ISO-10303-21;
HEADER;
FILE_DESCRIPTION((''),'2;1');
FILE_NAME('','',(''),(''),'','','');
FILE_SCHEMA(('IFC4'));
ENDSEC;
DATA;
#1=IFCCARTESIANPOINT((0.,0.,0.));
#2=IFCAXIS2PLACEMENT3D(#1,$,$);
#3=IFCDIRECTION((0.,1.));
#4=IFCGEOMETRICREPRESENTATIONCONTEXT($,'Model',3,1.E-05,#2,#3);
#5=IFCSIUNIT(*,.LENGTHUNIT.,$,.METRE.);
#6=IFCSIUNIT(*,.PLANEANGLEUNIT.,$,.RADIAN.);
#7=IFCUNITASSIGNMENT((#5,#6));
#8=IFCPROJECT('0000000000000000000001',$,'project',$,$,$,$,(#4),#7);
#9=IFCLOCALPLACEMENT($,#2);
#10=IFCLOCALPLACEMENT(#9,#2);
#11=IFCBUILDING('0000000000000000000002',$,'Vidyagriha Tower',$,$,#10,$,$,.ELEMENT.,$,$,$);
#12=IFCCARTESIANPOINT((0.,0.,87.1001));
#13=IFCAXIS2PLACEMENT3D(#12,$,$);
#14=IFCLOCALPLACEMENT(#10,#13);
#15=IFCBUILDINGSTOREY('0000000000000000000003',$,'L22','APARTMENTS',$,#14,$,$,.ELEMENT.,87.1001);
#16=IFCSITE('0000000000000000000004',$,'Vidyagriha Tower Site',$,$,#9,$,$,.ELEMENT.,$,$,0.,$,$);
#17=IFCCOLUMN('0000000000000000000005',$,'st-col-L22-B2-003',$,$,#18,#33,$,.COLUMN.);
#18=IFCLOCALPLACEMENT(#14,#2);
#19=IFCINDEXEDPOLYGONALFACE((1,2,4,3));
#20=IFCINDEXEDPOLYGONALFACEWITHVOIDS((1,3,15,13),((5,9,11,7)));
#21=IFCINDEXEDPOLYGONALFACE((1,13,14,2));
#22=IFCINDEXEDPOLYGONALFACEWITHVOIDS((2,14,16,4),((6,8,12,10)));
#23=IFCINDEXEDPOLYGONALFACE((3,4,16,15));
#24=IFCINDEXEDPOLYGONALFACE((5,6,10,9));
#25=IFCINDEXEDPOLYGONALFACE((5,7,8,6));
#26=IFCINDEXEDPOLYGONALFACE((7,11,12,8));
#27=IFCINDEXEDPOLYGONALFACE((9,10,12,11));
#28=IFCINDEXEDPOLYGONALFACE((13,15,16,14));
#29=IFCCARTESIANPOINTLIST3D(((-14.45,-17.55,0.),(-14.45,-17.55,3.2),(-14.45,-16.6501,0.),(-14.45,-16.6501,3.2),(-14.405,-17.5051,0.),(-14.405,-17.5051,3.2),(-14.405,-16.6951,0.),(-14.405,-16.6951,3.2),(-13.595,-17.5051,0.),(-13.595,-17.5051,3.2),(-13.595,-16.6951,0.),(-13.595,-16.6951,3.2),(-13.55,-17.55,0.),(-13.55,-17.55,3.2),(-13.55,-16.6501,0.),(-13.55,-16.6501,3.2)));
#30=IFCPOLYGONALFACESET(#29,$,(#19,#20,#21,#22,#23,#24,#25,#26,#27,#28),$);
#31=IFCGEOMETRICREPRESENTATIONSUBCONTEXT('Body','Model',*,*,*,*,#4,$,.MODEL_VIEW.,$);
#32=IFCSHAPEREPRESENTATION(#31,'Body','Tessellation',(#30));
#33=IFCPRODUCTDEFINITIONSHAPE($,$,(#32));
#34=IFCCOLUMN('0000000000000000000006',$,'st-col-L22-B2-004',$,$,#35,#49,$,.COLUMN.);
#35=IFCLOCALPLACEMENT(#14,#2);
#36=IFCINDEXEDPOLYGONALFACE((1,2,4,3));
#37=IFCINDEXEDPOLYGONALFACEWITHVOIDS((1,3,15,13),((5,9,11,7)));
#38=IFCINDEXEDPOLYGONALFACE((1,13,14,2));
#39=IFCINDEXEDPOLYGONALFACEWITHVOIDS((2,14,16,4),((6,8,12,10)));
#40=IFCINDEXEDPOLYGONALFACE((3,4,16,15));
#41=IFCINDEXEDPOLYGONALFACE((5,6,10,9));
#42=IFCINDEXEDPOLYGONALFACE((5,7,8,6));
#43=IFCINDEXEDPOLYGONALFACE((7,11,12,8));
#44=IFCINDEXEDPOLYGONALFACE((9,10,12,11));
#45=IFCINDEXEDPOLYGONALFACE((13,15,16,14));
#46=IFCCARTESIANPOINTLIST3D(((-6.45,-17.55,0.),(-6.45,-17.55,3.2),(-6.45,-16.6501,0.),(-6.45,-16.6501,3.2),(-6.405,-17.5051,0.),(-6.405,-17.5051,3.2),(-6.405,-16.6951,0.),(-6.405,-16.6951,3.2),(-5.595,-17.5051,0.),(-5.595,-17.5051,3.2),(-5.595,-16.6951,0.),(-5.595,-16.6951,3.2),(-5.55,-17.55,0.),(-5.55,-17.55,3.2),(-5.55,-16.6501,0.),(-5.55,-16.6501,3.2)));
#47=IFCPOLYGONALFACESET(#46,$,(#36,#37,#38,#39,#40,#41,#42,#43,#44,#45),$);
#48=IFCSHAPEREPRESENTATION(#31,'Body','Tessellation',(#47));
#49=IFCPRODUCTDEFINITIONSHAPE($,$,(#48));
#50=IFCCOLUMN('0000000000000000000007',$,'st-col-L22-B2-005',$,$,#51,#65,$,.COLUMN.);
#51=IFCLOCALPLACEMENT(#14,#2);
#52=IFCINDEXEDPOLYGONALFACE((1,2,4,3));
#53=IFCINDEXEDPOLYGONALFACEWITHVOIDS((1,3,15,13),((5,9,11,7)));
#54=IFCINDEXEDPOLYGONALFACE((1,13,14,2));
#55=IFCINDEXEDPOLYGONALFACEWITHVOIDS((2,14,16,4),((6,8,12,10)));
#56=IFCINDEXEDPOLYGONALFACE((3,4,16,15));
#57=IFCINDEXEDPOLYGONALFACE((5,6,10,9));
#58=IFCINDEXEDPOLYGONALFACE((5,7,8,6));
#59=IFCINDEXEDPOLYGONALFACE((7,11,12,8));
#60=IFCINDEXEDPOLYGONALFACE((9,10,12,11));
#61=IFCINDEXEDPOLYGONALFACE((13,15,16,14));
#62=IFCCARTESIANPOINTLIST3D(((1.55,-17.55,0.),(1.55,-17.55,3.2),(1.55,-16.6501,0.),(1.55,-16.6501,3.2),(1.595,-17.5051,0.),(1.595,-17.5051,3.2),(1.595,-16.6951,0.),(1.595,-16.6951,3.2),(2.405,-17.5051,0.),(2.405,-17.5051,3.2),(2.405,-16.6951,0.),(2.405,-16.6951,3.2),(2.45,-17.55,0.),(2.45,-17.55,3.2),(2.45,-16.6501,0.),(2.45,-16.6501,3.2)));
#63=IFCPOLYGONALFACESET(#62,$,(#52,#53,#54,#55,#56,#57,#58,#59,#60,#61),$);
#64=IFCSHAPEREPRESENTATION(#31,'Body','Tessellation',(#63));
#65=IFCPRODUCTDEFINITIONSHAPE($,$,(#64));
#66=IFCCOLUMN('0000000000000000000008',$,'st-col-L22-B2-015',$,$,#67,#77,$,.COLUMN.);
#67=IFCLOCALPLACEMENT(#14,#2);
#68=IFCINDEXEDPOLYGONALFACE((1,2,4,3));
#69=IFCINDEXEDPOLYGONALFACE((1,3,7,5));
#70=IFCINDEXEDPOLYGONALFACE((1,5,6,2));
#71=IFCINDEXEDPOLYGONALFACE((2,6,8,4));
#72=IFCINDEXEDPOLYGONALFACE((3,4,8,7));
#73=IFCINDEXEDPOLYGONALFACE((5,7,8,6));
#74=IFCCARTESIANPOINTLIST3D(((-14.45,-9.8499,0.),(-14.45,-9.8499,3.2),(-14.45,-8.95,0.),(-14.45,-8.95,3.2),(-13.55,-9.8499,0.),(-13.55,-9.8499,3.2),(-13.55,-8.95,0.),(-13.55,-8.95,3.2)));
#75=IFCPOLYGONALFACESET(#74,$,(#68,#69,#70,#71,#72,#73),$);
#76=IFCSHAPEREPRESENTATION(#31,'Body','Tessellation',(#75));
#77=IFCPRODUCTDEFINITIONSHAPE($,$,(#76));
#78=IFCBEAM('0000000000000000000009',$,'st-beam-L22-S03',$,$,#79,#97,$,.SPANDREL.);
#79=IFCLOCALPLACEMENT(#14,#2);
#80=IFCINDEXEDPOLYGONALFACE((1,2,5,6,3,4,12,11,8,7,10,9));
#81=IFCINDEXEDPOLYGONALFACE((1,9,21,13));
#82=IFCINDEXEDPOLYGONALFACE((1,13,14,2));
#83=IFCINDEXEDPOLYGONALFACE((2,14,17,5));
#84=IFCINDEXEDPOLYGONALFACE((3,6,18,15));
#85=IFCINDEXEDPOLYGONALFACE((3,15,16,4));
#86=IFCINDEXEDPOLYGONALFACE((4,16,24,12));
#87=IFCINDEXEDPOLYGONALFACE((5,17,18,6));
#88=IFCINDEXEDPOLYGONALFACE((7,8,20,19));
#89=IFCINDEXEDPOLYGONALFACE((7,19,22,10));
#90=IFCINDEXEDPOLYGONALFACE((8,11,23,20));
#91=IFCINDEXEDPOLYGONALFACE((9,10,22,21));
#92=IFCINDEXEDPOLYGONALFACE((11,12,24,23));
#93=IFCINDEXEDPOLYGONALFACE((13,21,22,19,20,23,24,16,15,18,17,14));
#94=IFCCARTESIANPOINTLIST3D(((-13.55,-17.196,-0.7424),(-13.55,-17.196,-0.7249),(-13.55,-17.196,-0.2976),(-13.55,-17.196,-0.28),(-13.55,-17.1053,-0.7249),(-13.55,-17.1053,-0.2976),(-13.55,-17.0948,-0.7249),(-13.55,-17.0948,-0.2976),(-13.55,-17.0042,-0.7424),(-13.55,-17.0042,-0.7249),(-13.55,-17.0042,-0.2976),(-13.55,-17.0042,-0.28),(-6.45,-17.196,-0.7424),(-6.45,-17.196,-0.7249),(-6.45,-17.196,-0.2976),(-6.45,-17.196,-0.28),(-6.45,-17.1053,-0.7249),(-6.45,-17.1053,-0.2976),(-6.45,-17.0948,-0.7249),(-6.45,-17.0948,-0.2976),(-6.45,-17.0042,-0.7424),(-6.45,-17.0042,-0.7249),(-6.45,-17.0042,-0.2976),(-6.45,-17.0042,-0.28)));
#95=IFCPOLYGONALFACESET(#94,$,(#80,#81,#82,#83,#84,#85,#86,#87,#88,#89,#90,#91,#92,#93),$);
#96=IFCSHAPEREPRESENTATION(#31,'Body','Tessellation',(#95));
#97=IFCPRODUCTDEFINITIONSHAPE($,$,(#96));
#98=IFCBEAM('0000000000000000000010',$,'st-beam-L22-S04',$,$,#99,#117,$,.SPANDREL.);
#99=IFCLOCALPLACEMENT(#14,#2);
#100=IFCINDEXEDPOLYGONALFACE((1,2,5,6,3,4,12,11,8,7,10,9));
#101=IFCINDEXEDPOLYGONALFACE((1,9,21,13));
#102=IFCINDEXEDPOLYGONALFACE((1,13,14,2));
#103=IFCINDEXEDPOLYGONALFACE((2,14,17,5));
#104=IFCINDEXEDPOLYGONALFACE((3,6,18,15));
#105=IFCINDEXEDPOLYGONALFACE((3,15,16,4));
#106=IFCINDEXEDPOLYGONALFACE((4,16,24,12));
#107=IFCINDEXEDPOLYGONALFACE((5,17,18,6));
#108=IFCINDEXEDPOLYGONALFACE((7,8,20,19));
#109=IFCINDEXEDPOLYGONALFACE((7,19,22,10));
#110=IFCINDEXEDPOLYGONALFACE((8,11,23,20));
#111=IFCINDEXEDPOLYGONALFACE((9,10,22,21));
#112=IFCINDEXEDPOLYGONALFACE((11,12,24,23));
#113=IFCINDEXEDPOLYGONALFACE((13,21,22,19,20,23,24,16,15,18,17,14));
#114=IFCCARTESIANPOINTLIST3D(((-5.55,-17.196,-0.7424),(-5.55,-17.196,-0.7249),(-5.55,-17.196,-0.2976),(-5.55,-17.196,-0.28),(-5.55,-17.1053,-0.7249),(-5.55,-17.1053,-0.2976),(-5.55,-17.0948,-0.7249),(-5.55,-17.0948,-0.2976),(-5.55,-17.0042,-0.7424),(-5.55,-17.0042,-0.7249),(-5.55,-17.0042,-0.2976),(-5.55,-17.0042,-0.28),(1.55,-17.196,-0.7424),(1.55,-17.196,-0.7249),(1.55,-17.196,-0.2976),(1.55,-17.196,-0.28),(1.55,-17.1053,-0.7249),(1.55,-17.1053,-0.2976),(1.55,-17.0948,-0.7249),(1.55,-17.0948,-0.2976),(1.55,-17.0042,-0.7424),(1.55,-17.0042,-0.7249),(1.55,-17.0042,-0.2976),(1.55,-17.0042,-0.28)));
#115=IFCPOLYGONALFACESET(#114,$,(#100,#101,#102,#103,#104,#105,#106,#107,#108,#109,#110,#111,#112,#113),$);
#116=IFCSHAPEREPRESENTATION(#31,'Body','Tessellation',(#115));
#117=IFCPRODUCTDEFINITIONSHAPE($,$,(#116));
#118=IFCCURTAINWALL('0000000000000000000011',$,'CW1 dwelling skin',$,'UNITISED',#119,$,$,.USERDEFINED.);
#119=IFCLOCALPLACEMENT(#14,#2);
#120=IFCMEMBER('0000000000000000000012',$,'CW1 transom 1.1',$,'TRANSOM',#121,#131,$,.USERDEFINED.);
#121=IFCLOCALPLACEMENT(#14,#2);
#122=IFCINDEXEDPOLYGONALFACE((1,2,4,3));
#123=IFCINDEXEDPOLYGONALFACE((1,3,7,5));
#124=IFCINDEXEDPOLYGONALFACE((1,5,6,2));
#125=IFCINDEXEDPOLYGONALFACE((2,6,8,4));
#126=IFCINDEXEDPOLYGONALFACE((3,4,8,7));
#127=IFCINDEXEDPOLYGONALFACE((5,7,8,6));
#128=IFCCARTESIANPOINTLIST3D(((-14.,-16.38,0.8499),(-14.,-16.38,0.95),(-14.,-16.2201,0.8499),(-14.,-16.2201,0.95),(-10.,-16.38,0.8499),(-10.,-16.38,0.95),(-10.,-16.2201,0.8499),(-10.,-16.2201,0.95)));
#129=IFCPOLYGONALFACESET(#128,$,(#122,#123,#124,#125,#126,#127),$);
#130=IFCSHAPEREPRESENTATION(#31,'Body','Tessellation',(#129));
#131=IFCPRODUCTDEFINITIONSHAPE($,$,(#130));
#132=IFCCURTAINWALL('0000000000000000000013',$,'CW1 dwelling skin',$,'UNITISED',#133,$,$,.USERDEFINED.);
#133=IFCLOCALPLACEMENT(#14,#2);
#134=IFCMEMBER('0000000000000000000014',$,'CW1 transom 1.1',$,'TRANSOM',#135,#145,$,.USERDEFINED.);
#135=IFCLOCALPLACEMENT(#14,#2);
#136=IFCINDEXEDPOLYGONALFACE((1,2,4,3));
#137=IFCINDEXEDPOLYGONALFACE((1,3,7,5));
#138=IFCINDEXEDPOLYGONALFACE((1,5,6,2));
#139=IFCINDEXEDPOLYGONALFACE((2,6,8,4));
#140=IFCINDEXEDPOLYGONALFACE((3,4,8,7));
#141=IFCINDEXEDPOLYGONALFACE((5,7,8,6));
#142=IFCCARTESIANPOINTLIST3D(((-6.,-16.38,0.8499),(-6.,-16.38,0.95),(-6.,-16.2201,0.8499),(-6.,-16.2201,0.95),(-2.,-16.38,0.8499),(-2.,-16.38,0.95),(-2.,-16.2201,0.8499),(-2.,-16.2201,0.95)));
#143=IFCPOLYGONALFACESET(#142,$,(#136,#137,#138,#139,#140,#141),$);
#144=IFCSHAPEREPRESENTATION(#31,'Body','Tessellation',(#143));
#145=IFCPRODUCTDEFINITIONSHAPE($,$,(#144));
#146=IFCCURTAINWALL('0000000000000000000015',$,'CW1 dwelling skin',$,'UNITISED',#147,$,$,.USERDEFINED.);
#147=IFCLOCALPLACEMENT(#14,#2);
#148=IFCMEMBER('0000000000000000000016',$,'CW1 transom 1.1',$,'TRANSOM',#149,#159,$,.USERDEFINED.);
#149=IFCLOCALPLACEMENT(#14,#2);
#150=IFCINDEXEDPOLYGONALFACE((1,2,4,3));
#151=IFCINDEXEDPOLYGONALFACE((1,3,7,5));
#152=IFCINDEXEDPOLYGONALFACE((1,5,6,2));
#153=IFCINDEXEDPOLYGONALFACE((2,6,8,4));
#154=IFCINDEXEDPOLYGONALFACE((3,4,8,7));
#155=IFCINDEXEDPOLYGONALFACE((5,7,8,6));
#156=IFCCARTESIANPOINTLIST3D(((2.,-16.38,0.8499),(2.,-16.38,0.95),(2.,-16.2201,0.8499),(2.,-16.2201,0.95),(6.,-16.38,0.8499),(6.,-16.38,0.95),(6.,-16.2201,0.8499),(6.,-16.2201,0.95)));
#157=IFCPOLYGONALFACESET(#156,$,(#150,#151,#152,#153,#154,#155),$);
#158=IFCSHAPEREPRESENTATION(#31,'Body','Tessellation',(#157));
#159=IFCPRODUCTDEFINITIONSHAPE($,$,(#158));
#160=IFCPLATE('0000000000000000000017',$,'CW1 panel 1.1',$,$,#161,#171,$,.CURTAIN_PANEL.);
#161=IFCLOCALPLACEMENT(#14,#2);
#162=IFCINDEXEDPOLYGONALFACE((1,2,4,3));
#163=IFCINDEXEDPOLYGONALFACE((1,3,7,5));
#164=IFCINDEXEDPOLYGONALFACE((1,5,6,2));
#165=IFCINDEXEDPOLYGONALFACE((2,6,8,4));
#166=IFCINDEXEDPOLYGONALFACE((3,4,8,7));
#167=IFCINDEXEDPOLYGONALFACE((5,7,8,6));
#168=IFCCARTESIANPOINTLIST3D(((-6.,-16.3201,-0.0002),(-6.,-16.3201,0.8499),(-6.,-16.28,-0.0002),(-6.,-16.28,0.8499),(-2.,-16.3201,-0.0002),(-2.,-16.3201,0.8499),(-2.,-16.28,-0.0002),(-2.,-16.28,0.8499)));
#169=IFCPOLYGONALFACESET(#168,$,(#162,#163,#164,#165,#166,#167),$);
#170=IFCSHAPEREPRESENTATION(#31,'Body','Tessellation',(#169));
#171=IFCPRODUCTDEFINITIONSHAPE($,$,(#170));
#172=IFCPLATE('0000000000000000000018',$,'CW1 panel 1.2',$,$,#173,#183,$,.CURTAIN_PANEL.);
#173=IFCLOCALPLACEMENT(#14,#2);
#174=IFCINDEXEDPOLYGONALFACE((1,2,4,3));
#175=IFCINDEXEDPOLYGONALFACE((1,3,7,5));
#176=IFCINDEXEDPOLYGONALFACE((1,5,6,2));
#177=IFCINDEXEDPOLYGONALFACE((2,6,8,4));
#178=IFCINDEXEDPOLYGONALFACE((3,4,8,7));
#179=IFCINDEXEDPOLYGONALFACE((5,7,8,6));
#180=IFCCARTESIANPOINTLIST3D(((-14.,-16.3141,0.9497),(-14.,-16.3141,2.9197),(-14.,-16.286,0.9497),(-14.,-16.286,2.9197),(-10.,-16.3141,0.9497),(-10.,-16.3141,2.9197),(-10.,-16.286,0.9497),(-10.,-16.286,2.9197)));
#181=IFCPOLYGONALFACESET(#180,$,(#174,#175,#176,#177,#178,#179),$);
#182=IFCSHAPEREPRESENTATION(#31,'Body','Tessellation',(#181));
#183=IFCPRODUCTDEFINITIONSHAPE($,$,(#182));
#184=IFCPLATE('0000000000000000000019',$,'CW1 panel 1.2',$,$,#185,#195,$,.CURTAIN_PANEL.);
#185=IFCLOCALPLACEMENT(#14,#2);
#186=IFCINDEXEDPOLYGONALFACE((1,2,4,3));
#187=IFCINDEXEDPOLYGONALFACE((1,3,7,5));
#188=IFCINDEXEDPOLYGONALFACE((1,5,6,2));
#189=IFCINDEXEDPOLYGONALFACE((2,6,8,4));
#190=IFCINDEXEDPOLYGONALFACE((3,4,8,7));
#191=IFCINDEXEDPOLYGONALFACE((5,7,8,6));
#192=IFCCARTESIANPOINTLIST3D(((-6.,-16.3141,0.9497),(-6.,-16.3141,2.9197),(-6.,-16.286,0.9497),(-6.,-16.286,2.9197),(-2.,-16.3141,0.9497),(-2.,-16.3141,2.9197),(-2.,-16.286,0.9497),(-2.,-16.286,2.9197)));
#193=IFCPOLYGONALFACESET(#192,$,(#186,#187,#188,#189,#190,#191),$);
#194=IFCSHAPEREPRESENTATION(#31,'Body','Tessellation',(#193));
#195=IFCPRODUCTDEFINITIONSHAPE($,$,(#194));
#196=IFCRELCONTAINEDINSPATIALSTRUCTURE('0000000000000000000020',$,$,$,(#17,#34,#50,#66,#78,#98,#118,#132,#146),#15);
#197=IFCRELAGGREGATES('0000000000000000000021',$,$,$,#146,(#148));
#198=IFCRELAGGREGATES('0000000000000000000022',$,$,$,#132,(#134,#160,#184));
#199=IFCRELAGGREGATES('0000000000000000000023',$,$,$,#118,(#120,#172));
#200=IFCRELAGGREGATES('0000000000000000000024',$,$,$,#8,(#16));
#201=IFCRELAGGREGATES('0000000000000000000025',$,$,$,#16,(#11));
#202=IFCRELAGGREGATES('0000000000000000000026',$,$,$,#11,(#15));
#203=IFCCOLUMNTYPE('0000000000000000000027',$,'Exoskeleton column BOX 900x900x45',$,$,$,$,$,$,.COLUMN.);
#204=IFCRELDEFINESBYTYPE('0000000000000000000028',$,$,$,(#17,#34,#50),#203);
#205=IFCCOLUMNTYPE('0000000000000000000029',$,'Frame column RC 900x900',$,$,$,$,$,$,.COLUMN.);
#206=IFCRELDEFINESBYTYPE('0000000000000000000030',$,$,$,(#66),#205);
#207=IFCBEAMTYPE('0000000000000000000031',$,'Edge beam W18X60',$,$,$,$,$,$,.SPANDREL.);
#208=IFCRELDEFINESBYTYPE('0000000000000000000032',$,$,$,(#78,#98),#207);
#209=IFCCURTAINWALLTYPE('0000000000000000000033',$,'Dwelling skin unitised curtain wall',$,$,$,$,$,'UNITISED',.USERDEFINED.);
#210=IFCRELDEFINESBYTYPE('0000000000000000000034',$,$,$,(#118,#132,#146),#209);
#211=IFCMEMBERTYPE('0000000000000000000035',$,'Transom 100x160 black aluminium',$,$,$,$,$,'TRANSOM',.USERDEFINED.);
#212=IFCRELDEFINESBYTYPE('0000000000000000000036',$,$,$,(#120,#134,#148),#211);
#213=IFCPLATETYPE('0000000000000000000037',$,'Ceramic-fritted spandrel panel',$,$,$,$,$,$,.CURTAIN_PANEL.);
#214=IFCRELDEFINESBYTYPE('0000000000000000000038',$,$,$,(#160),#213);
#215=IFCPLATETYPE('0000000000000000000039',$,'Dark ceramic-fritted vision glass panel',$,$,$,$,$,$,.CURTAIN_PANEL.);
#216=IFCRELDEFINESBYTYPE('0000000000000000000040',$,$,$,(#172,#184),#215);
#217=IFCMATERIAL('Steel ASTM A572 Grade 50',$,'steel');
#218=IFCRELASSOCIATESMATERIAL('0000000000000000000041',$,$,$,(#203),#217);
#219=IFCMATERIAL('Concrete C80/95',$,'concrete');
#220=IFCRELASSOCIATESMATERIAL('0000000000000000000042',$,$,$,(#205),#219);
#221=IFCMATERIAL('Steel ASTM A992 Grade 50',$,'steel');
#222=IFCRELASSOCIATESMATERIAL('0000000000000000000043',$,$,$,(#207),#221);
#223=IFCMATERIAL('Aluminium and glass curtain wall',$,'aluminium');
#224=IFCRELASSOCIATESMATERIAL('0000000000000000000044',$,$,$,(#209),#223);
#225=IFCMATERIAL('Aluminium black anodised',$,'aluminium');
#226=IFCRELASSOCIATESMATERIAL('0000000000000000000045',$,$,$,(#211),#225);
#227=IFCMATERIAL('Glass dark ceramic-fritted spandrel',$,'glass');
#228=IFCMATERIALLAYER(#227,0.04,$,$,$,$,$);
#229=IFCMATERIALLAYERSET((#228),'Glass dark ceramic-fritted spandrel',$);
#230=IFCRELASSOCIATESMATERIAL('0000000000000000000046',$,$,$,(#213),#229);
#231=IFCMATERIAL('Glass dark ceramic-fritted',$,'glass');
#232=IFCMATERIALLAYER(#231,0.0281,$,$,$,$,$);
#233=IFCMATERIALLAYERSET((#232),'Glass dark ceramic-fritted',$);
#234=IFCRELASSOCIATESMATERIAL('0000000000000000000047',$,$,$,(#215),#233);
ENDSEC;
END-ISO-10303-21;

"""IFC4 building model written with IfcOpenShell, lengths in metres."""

from ifc_helpers import new_model, si_unit, direction, frame, origin, origin_2d, place, context, subcontext, project, spatial, rectangle, hollow_rectangle, i_section, extrude, material, layer, layer_set, material_profile, profile_set, type_object, element, aggregate, save


model = new_model("IFC4")

# Units and contexts
model_context = context("Model", 3, precision=1e-05, world=origin(), true_north=direction((0.0, 1.0)))
body_context = subcontext(model_context, "Body", "Model", "MODEL_VIEW")
ifc_project = project(units=[si_unit("LENGTHUNIT", "METRE"), si_unit("PLANEANGLEUNIT", "RADIAN")], contexts=[model_context])

# Site, building, storey
site_placement = place(None, origin())
site = spatial("IfcSite", under=ifc_project, at=site_placement, Name="Vidyagriha Tower Site", CompositionType="ELEMENT", RefElevation=0.0)
building_placement = place(site_placement, origin())
building = spatial("IfcBuilding", under=site, at=building_placement, Name="Vidyagriha Tower", CompositionType="ELEMENT")
storey_placement = place(building_placement, frame((0.0, 0.0, 87.1001)))
storey = spatial("IfcBuildingStorey", under=building, at=storey_placement, Name="L22", Description="APARTMENTS", CompositionType="ELEMENT", Elevation=87.1001)

# Columns
ifc_material_1 = material(Name="Steel ASTM A572 Grade 50", Category="steel")
ifc_material_profile_1 = material_profile(ifc_material_1, hollow_rectangle(XDim=0.8999, YDim=0.8999, WallThickness=0.0449, at=origin_2d()), Name="BOX 900x900x45")
ifc_profile_set_1 = profile_set([ifc_material_profile_1], Name="Steel ASTM A572 Grade 50")
column_type_1 = type_object("IfcColumnType", Name="Exoskeleton column BOX 900x900x45", PredefinedType="COLUMN", material=ifc_profile_set_1)
for number, where, name in (
    (1, (-14.0, -17.1001, 0.0), "st-col-L22-B2-003"),
    (2, (-6.0, -17.1001, 0.0), "st-col-L22-B2-004"),
    (3, (2.0, -17.1001, 0.0), "st-col-L22-B2-005"),
):
    element("IfcColumn", number, at=place(storey_placement, frame(where)), inside=storey, type_object=column_type_1, Name=name, PredefinedType="COLUMN", context=body_context, shape_type="SweptSolid", body=[
        extrude(hollow_rectangle(XDim=0.8999, YDim=0.8999, WallThickness=0.0449, at=origin_2d()), origin(), (0.0, 0.0, 1.0), 3.2),
    ])
ifc_material_2 = material(Name="Concrete C80/95", Category="concrete")
ifc_material_profile_2 = material_profile(ifc_material_2, rectangle(XDim=0.8999, YDim=0.8999, at=origin_2d()), Name="RC 900x900")
ifc_profile_set_2 = profile_set([ifc_material_profile_2], Name="Concrete C80/95")
column_type_2 = type_object("IfcColumnType", Name="Frame column RC 900x900", PredefinedType="COLUMN", material=ifc_profile_set_2)
column_placement = place(storey_placement, frame((-14.0, -9.3999, 0.0)))
element("IfcColumn", 4, at=column_placement, inside=storey, type_object=column_type_2, Name="st-col-L22-B2-015", PredefinedType="COLUMN", context=body_context, shape_type="SweptSolid", body=[
    extrude(rectangle(XDim=0.8999, YDim=0.8999, at=origin_2d()), origin(), (0.0, 0.0, 1.0), 3.2),
])

# Beams
ifc_material_3 = material(Name="Steel ASTM A992 Grade 50", Category="steel")
ifc_material_profile_3 = material_profile(ifc_material_3, i_section(OverallWidth=0.1919, OverallDepth=0.4624, WebThickness=0.0105, FlangeThickness=0.0176, at=origin_2d()), Name="W18X60")
ifc_profile_set_3 = profile_set([ifc_material_profile_3], Name="Steel ASTM A992 Grade 50")
beam_type = type_object("IfcBeamType", Name="Edge beam W18X60", PredefinedType="SPANDREL", material=ifc_profile_set_3)
for number, where, z_axis, x_axis, name in (
    (5, (-13.55, -17.1001, -0.5112), (1.0, 0.0, 0.0), (0.0, 1.0, 0.0), "st-beam-L22-S03"),
    (6, (-5.55, -17.1001, -0.5112), (1.0, 0.0, 0.0), (0.0, 1.0, 0.0), "st-beam-L22-S04"),
):
    element("IfcBeam", number, at=place(storey_placement, frame(where, z_axis=z_axis, x_axis=x_axis)), inside=storey, type_object=beam_type, Name=name, PredefinedType="SPANDREL", context=body_context, shape_type="SweptSolid", body=[
        extrude(i_section(OverallWidth=0.1919, OverallDepth=0.4624, WebThickness=0.0105, FlangeThickness=0.0176, at=origin_2d()), origin(), (0.0, 0.0, 1.0), 7.1001),
    ])

# Curtain walls, members
ifc_material_4 = material(Name="Aluminium and glass curtain wall", Category="aluminium")
curtain_wall_type = type_object("IfcCurtainWallType", Name="Dwelling skin unitised curtain wall", ElementType="UNITISED", PredefinedType="USERDEFINED", material=ifc_material_4)
curtain_wall_1_placement = place(storey_placement, origin())
curtain_wall_1 = element("IfcCurtainWall", 7, at=curtain_wall_1_placement, inside=storey, type_object=curtain_wall_type, Name="CW1 dwelling skin", ObjectType="UNITISED", PredefinedType="USERDEFINED")
ifc_material_5 = material(Name="Aluminium black anodised", Category="aluminium")
ifc_material_profile_4 = material_profile(ifc_material_5, rectangle(XDim=0.1599, YDim=0.1001, at=origin_2d()), Name="Transom 100x160 black aluminium")
ifc_profile_set_4 = profile_set([ifc_material_profile_4], Name="Aluminium black anodised")
member_type = type_object("IfcMemberType", Name="Transom 100x160 black aluminium", ElementType="TRANSOM", PredefinedType="USERDEFINED", material=ifc_profile_set_4)
member_1_placement = place(storey_placement, frame((-14.0, -16.3, 0.8999), z_axis=(1.0, 0.0, 0.0), x_axis=(0.0, 1.0, 0.0)))
member_1 = element("IfcMember", 8, at=member_1_placement, type_object=member_type, Name="CW1 transom 1.1", ObjectType="TRANSOM", PredefinedType="USERDEFINED", context=body_context, shape_type="SweptSolid", body=[
    extrude(rectangle(XDim=0.1599, YDim=0.1001, at=origin_2d()), origin(), (0.0, 0.0, 1.0), 4.0),
])
curtain_wall_2_placement = place(storey_placement, origin())
curtain_wall_2 = element("IfcCurtainWall", 9, at=curtain_wall_2_placement, inside=storey, type_object=curtain_wall_type, Name="CW1 dwelling skin", ObjectType="UNITISED", PredefinedType="USERDEFINED")
member_2_placement = place(storey_placement, frame((-6.0, -16.3, 0.8999), z_axis=(1.0, 0.0, 0.0), x_axis=(0.0, 1.0, 0.0)))
member_2 = element("IfcMember", 10, at=member_2_placement, type_object=member_type, Name="CW1 transom 1.1", ObjectType="TRANSOM", PredefinedType="USERDEFINED", context=body_context, shape_type="SweptSolid", body=[
    extrude(rectangle(XDim=0.1599, YDim=0.1001, at=origin_2d()), origin(), (0.0, 0.0, 1.0), 4.0),
])
curtain_wall_3_placement = place(storey_placement, origin())
curtain_wall_3 = element("IfcCurtainWall", 11, at=curtain_wall_3_placement, inside=storey, type_object=curtain_wall_type, Name="CW1 dwelling skin", ObjectType="UNITISED", PredefinedType="USERDEFINED")
member_3_placement = place(storey_placement, frame((2.0, -16.3, 0.8999), z_axis=(1.0, 0.0, 0.0), x_axis=(0.0, 1.0, 0.0)))
member_3 = element("IfcMember", 12, at=member_3_placement, type_object=member_type, Name="CW1 transom 1.1", ObjectType="TRANSOM", PredefinedType="USERDEFINED", context=body_context, shape_type="SweptSolid", body=[
    extrude(rectangle(XDim=0.1599, YDim=0.1001, at=origin_2d()), origin(), (0.0, 0.0, 1.0), 4.0),
])
aggregate(curtain_wall_3, [member_3])

# Plates
ifc_material_6 = material(Name="Glass dark ceramic-fritted spandrel", Category="glass")
ifc_layer_1 = layer(ifc_material_6, 0.04)
ifc_layer_set_1 = layer_set([ifc_layer_1], Name="Glass dark ceramic-fritted spandrel")
plate_type_1 = type_object("IfcPlateType", Name="Ceramic-fritted spandrel panel", PredefinedType="CURTAIN_PANEL", material=ifc_layer_set_1)
plate_1_placement = place(storey_placement, frame((-4.0, -16.3, -0.0002)))
plate_1 = element("IfcPlate", 13, at=plate_1_placement, type_object=plate_type_1, Name="CW1 panel 1.1", PredefinedType="CURTAIN_PANEL", context=body_context, shape_type="SweptSolid", body=[
    extrude(rectangle(XDim=4.0, YDim=0.04, at=origin_2d()), origin(), (0.0, 0.0, 1.0), 0.8501),
])
ifc_material_7 = material(Name="Glass dark ceramic-fritted", Category="glass")
ifc_layer_2 = layer(ifc_material_7, 0.0281)
ifc_layer_set_2 = layer_set([ifc_layer_2], Name="Glass dark ceramic-fritted")
plate_type_2 = type_object("IfcPlateType", Name="Dark ceramic-fritted vision glass panel", PredefinedType="CURTAIN_PANEL", material=ifc_layer_set_2)
plate_2_placement = place(storey_placement, frame((-12.0, -16.3, 0.9497)))
plate_2 = element("IfcPlate", 14, at=plate_2_placement, type_object=plate_type_2, Name="CW1 panel 1.2", PredefinedType="CURTAIN_PANEL", context=body_context, shape_type="SweptSolid", body=[
    extrude(rectangle(XDim=4.0, YDim=0.0281, at=origin_2d()), origin(), (0.0, 0.0, 1.0), 1.97),
])
plate_3_placement = place(storey_placement, frame((-4.0, -16.3, 0.9497)))
plate_3 = element("IfcPlate", 15, at=plate_3_placement, type_object=plate_type_2, Name="CW1 panel 1.2", PredefinedType="CURTAIN_PANEL", context=body_context, shape_type="SweptSolid", body=[
    extrude(rectangle(XDim=4.0, YDim=0.0281, at=origin_2d()), origin(), (0.0, 0.0, 1.0), 1.97),
])
aggregate(curtain_wall_2, [member_2, plate_1, plate_3])
aggregate(curtain_wall_1, [member_1, plate_2])

save(model, "model.ifc")
